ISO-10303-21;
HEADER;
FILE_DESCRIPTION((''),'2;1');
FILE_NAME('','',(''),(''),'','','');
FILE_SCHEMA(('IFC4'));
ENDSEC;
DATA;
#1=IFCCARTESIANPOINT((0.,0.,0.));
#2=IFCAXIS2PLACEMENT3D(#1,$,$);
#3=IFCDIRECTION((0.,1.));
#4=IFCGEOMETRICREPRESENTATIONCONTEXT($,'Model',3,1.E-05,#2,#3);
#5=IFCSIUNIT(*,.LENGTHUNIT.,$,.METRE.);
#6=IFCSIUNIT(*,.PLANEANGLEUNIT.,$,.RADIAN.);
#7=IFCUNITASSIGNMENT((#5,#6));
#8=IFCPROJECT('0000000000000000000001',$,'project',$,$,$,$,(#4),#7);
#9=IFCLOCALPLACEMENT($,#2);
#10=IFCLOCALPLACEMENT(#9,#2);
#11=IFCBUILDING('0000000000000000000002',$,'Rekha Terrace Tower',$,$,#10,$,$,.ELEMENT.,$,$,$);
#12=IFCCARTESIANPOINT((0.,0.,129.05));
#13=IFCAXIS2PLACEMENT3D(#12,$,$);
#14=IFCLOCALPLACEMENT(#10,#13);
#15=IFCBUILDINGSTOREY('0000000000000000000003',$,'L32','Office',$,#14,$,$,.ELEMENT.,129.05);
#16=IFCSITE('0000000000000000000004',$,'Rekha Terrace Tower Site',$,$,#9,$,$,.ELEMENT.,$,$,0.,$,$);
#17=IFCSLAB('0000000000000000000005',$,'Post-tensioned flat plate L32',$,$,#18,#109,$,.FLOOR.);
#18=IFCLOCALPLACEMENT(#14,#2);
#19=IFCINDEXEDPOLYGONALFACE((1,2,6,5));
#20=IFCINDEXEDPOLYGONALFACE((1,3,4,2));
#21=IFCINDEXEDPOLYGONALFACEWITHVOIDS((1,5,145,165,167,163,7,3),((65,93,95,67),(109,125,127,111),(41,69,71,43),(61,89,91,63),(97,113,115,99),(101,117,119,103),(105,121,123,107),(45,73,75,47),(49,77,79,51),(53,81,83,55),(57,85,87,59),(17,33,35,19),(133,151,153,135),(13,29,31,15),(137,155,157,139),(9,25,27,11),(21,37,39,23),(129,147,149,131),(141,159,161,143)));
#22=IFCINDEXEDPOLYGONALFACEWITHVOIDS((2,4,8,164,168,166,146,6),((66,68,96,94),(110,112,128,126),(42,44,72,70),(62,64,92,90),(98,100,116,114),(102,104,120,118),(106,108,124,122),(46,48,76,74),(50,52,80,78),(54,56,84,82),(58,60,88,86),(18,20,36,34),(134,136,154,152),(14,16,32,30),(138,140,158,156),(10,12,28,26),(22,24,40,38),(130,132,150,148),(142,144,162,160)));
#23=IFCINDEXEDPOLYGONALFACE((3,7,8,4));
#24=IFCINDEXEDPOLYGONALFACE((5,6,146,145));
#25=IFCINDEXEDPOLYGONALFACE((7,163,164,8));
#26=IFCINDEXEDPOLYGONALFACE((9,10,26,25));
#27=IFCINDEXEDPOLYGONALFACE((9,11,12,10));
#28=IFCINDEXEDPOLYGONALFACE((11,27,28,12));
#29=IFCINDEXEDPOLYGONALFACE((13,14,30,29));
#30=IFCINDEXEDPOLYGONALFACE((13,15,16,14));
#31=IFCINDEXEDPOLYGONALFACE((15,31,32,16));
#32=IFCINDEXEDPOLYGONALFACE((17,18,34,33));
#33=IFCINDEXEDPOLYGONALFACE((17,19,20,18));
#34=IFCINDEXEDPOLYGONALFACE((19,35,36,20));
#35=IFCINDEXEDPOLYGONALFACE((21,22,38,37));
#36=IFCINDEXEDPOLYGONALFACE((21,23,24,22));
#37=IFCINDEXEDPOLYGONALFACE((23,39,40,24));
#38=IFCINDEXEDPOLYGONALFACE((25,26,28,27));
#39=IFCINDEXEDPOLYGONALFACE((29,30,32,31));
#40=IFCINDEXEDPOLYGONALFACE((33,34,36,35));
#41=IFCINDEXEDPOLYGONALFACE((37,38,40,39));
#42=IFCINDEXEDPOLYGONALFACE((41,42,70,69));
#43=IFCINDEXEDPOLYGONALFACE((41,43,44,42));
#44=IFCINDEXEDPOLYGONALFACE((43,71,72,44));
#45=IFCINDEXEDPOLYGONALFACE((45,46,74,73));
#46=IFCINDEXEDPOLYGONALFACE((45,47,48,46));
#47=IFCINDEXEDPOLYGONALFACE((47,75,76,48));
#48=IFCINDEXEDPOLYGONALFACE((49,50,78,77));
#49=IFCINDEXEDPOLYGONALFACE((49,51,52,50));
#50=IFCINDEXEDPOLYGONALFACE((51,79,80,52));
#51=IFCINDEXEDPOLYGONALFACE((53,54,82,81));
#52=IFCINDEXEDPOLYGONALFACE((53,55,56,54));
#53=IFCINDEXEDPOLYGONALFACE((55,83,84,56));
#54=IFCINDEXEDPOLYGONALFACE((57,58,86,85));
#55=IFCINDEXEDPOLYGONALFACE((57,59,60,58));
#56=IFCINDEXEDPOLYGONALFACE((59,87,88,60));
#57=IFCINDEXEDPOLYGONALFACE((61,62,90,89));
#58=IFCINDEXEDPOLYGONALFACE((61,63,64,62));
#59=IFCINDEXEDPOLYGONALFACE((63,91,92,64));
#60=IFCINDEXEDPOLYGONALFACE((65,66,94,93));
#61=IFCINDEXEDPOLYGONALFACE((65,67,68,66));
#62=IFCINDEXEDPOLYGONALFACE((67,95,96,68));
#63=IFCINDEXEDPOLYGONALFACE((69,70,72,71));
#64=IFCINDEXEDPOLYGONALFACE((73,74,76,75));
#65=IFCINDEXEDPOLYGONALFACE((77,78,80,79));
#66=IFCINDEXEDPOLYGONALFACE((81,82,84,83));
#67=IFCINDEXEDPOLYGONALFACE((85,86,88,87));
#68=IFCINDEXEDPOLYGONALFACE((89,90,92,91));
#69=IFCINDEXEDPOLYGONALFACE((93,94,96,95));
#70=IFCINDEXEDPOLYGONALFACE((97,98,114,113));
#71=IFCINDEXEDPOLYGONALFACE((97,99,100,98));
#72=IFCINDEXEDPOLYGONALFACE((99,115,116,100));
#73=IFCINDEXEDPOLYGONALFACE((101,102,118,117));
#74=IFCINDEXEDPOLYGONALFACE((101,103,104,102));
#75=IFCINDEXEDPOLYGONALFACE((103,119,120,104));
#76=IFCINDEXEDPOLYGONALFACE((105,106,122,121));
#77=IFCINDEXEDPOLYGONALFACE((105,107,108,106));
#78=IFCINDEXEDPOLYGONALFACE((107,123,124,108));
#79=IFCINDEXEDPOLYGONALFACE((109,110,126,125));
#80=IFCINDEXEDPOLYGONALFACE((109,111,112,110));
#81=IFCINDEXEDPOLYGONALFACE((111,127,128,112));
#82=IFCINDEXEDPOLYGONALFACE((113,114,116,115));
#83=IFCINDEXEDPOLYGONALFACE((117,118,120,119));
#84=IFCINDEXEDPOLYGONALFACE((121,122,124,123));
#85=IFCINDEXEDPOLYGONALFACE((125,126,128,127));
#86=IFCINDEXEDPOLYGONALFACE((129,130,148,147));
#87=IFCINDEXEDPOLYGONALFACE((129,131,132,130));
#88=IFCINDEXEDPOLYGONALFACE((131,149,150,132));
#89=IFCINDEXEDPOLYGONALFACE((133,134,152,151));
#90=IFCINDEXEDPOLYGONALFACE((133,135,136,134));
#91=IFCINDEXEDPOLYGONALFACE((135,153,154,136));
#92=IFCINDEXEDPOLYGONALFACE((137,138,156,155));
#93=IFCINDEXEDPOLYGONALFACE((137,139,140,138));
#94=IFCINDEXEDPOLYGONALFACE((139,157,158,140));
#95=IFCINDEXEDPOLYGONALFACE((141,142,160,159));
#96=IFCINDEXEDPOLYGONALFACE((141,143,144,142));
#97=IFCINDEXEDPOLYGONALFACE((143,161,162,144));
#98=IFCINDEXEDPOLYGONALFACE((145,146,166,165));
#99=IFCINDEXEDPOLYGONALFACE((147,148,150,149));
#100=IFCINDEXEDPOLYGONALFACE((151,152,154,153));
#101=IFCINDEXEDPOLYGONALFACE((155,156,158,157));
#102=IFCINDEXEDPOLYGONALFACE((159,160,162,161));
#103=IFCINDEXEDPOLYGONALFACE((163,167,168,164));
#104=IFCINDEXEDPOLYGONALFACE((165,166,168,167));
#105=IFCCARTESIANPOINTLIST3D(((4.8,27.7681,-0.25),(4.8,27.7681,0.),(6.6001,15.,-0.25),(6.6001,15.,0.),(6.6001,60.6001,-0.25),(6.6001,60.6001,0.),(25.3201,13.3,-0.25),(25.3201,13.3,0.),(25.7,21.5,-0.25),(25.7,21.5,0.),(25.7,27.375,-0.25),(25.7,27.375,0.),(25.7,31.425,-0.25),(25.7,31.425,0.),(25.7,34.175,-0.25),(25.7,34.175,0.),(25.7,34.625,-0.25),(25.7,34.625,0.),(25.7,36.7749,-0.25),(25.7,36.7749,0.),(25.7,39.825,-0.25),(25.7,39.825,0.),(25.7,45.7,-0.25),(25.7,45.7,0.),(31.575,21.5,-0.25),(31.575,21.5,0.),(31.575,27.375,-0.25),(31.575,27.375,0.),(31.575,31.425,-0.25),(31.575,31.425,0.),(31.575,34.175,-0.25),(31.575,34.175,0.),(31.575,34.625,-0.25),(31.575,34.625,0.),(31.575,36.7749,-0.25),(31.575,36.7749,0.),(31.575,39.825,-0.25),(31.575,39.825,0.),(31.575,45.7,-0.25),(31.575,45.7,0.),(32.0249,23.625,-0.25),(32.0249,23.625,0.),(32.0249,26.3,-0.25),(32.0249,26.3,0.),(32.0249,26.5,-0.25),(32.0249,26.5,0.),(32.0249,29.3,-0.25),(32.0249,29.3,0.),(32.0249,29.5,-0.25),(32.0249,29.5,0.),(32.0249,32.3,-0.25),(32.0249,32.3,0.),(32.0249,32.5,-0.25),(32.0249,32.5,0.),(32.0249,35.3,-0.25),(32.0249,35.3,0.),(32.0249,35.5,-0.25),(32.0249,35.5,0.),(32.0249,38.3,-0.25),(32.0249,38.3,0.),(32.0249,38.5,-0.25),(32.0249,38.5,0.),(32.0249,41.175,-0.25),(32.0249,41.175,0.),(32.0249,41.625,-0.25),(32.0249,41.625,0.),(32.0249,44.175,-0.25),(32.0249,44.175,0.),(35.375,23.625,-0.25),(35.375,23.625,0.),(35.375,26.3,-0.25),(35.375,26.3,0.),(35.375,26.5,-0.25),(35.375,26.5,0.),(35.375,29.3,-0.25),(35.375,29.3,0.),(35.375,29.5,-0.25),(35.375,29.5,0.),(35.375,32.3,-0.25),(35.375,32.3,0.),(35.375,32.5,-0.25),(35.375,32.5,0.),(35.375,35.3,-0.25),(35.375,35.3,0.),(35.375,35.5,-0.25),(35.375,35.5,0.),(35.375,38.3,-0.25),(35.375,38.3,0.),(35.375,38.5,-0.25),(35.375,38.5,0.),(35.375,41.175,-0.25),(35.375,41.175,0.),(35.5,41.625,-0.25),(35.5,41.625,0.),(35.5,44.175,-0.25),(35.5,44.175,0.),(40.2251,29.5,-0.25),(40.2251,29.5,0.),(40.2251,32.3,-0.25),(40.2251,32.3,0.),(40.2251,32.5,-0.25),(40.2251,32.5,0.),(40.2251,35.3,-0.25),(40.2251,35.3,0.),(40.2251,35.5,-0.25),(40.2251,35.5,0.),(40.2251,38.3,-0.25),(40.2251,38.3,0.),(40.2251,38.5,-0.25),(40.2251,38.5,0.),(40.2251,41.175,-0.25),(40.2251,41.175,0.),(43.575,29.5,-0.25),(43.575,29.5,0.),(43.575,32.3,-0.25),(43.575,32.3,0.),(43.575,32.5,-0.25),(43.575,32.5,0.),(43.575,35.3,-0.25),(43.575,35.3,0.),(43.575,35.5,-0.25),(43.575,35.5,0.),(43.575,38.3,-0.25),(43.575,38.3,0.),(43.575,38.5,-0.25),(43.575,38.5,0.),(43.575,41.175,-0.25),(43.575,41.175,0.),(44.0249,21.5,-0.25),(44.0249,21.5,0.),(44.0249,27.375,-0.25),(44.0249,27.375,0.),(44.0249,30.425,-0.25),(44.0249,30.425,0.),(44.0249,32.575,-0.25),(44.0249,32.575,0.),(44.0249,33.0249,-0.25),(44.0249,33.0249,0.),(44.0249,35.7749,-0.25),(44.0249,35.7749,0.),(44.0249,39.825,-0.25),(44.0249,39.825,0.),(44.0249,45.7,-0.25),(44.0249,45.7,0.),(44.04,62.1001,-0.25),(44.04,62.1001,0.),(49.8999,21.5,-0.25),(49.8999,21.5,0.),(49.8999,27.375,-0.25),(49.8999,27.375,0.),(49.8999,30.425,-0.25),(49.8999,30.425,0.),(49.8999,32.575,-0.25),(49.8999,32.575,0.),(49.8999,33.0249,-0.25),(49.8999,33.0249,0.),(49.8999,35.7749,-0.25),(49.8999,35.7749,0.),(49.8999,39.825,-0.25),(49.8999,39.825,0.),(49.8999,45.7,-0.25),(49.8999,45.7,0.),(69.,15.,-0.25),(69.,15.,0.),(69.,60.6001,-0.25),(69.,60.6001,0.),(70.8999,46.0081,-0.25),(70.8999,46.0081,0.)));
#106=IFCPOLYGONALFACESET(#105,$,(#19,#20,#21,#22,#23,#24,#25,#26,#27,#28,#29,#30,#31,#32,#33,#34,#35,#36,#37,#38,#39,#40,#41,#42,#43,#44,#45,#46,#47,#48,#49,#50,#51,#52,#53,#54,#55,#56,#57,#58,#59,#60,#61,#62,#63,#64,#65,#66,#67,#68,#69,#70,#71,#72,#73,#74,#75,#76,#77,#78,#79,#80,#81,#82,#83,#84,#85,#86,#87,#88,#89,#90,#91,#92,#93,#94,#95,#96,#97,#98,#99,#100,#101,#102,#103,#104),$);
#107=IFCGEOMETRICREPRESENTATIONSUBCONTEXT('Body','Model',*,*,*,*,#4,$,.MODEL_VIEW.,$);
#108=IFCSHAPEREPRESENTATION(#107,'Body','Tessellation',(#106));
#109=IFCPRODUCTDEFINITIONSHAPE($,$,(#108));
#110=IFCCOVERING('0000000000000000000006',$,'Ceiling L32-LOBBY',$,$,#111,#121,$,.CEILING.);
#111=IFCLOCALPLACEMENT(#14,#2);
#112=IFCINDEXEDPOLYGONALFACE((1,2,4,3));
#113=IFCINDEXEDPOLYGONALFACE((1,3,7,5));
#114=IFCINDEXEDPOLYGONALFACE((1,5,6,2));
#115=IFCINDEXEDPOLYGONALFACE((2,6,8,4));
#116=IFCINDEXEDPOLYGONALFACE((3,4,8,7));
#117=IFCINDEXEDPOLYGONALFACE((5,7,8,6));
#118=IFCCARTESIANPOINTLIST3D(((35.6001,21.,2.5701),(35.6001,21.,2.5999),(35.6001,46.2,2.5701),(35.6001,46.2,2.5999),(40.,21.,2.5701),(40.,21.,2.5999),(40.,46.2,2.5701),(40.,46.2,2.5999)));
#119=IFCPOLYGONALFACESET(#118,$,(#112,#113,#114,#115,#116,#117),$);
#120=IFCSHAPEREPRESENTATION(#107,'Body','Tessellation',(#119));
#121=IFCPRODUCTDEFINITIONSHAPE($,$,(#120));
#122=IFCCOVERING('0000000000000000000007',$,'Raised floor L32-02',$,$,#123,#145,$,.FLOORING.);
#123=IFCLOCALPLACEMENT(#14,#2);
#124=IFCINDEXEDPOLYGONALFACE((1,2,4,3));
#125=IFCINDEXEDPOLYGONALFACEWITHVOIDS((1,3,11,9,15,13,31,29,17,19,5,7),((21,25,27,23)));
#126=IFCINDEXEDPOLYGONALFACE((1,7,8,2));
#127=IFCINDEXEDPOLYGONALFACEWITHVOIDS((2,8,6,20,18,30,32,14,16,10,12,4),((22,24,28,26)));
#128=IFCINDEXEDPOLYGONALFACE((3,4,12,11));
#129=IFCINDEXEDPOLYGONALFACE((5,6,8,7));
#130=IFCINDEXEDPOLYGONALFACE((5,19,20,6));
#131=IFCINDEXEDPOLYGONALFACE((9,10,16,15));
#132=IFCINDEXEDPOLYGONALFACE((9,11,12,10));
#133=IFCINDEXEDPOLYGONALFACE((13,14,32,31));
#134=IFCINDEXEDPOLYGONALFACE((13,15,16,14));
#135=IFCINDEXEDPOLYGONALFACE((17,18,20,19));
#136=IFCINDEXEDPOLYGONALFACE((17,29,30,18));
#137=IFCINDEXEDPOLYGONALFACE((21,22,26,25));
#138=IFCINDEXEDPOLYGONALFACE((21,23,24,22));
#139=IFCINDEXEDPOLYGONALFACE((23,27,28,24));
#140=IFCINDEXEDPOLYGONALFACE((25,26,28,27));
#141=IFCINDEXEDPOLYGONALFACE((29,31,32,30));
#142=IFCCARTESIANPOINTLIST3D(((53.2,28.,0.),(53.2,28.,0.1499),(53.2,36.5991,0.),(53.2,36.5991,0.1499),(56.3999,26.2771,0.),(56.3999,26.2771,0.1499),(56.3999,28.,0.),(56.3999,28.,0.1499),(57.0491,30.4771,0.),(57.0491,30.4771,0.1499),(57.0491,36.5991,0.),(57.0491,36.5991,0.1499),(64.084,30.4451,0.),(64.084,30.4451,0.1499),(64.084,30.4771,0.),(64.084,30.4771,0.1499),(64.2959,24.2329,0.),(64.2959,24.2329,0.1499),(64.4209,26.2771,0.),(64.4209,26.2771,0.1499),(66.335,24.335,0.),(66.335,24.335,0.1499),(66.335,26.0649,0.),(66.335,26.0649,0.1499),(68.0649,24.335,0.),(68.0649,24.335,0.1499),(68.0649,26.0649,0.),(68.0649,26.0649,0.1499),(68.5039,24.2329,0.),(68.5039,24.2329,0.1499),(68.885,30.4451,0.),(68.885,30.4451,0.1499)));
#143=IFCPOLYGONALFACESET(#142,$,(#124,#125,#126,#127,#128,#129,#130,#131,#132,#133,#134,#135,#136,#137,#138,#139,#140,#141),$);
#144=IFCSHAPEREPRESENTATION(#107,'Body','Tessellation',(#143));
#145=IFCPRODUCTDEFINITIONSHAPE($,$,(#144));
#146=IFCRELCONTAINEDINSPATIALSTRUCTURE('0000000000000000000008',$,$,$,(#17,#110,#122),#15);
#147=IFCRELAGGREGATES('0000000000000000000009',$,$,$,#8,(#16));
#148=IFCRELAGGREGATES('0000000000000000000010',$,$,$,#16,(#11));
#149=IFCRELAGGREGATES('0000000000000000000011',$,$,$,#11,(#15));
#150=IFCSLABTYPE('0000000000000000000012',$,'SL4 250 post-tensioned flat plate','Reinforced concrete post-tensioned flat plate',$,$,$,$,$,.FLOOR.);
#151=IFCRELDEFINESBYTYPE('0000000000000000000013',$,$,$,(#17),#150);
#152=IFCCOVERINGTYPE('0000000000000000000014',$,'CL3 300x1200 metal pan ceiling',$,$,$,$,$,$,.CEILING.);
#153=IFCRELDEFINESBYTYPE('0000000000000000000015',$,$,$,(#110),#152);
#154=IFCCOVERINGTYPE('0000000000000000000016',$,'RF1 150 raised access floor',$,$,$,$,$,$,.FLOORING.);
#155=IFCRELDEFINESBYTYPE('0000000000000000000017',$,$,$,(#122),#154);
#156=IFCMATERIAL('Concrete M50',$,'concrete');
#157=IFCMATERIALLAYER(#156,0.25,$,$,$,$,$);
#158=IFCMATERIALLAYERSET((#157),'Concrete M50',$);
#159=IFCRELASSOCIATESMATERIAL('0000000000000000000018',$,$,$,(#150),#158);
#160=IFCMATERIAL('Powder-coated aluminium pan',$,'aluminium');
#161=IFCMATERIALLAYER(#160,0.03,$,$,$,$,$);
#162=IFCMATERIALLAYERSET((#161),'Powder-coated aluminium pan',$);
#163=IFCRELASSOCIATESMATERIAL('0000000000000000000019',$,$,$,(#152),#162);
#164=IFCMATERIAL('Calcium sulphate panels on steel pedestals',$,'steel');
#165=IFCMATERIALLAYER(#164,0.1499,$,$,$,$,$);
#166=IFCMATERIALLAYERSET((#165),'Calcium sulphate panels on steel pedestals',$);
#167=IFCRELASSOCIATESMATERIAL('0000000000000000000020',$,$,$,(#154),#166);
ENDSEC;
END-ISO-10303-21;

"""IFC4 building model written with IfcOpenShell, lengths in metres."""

from ifc_helpers import new_model, si_unit, direction, frame, origin, place, context, subcontext, project, spatial, polyline, outline, extrude, material, layer, layer_set, type_object, element, save


model = new_model("IFC4")

# Units and contexts
model_context = context("Model", 3, precision=1e-05, world=origin(), true_north=direction((0.0, 1.0)))
body_context = subcontext(model_context, "Body", "Model", "MODEL_VIEW")
ifc_project = project(units=[si_unit("LENGTHUNIT", "METRE"), si_unit("PLANEANGLEUNIT", "RADIAN")], contexts=[model_context])

# Site, building, storey
site_placement = place(None, origin())
site = spatial("IfcSite", under=ifc_project, at=site_placement, Name="Rekha Terrace Tower Site", CompositionType="ELEMENT", RefElevation=0.0)
building_placement = place(site_placement, origin())
building = spatial("IfcBuilding", under=site, at=building_placement, Name="Rekha Terrace Tower", CompositionType="ELEMENT")
storey_placement = place(building_placement, frame((0.0, 0.0, 129.05)))
storey = spatial("IfcBuildingStorey", under=building, at=storey_placement, Name="L32", Description="Office", CompositionType="ELEMENT", Elevation=129.05)

# Slab
ifc_material_1 = material(Name="Concrete M50", Category="concrete")
ifc_layer_1 = layer(ifc_material_1, 0.25)
ifc_layer_set_1 = layer_set([ifc_layer_1], Name="Concrete M50")
slab_type_1 = type_object("IfcSlabType", Name="SL4 250 post-tensioned flat plate", Description="Reinforced concrete post-tensioned flat plate", PredefinedType="FLOOR", material=ifc_layer_set_1)
slab_1_placement = place(storey_placement, frame((0.0, 0.0, -0.25)))
element("IfcSlab", 1, at=slab_1_placement, inside=storey, type_object=slab_type_1, Name="Post-tensioned flat plate L32", PredefinedType="FLOOR", context=body_context, shape_type="SweptSolid", body=[
    extrude(outline(polyline([(4.8, 27.7681), (6.6001, 15.0), (25.3201, 13.3), (69.0, 15.0), (70.8999, 46.0081), (69.0, 60.6001), (44.04, 62.1001), (6.6001, 60.6001), (4.8, 27.7681)]), holes=[polyline([(31.575, 27.375), (31.575, 21.5), (25.7, 21.5), (25.7, 27.375), (31.575, 27.375)]), polyline([(35.375, 26.3), (35.375, 23.625), (32.0249, 23.625), (32.0249, 26.3), (35.375, 26.3)]), polyline([(35.375, 29.3), (35.375, 26.5), (32.0249, 26.5), (32.0249, 29.3), (35.375, 29.3)]), polyline([(35.375, 32.3), (35.375, 29.5), (32.0249, 29.5), (32.0249, 32.3), (35.375, 32.3)]), polyline([(31.575, 34.175), (31.575, 31.425), (25.7, 31.425), (25.7, 34.175), (31.575, 34.175)]), polyline([(35.375, 35.3), (35.375, 32.5), (32.0249, 32.5), (32.0249, 35.3), (35.375, 35.3)]), polyline([(31.575, 36.7749), (31.575, 34.625), (25.7, 34.625), (25.7, 36.7749), (31.575, 36.7749)]), polyline([(35.375, 35.5), (32.0249, 35.5), (32.0249, 38.3), (35.375, 38.3), (35.375, 35.5)]), polyline([(35.375, 38.5), (32.0249, 38.5), (32.0249, 41.175), (35.375, 41.175), (35.375, 38.5)]), polyline([(31.575, 45.7), (31.575, 39.825), (25.7, 39.825), (25.7, 45.7), (31.575, 45.7)]), polyline([(49.8999, 27.375), (49.8999, 21.5), (44.0249, 21.5), (44.0249, 27.375), (49.8999, 27.375)]), polyline([(43.575, 32.3), (43.575, 29.5), (40.2251, 29.5), (40.2251, 32.3), (43.575, 32.3)]), polyline([(49.8999, 30.425), (44.0249, 30.425), (44.0249, 32.575), (49.8999, 32.575), (49.8999, 30.425)]), polyline([(43.575, 32.5), (40.2251, 32.5), (40.2251, 35.3), (43.575, 35.3), (43.575, 32.5)]), polyline([(49.8999, 35.7749), (49.8999, 33.0249), (44.0249, 33.0249), (44.0249, 35.7749), (49.8999, 35.7749)]), polyline([(43.575, 38.3), (43.575, 35.5), (40.2251, 35.5), (40.2251, 38.3), (43.575, 38.3)]), polyline([(43.575, 41.175), (43.575, 38.5), (40.2251, 38.5), (40.2251, 41.175), (43.575, 41.175)]), polyline([(49.8999, 39.825), (44.0249, 39.825), (44.0249, 45.7), (49.8999, 45.7), (49.8999, 39.825)]), polyline([(35.5, 41.625), (32.0249, 41.625), (32.0249, 44.175), (35.5, 44.175), (35.5, 41.625)])]), origin(), (0.0, 0.0, 1.0), 0.25),
])

# Coverings
ifc_material_2 = material(Name="Powder-coated aluminium pan", Category="aluminium")
ifc_layer_2 = layer(ifc_material_2, 0.03)
ifc_layer_set_2 = layer_set([ifc_layer_2], Name="Powder-coated aluminium pan")
covering_type_1 = type_object("IfcCoveringType", Name="CL3 300x1200 metal pan ceiling", PredefinedType="CEILING", material=ifc_layer_set_2)
covering_1_placement = place(storey_placement, frame((0.0, 0.0, 2.5701)))
element("IfcCovering", 2, at=covering_1_placement, inside=storey, type_object=covering_type_1, Name="Ceiling L32-LOBBY", PredefinedType="CEILING", context=body_context, shape_type="SweptSolid", body=[
    extrude(outline(polyline([(40.0, 46.2), (35.6001, 46.2), (35.6001, 21.0), (40.0, 21.0), (40.0, 46.2)])), origin(), (0.0, 0.0, 1.0), 0.0298),
])
ifc_material_3 = material(Name="Calcium sulphate panels on steel pedestals", Category="steel")
ifc_layer_3 = layer(ifc_material_3, 0.1499)
ifc_layer_set_3 = layer_set([ifc_layer_3], Name="Calcium sulphate panels on steel pedestals")
covering_type_2 = type_object("IfcCoveringType", Name="RF1 150 raised access floor", PredefinedType="FLOORING", material=ifc_layer_set_3)
covering_2_placement = place(storey_placement, origin())
element("IfcCovering", 3, at=covering_2_placement, inside=storey, type_object=covering_type_2, Name="Raised floor L32-02", PredefinedType="FLOORING", context=body_context, shape_type="SweptSolid", body=[
    extrude(outline(polyline([(64.084, 30.4771), (57.0491, 30.4771), (57.0491, 36.5991), (53.2, 36.5991), (53.2, 28.0), (56.3999, 28.0), (56.3999, 26.2771), (64.4209, 26.2771), (64.2959, 24.2329), (68.5039, 24.2329), (68.885, 30.4451), (64.084, 30.4451), (64.084, 30.4771)]), holes=[polyline([(68.0649, 24.335), (66.335, 24.335), (66.335, 26.0649), (68.0649, 26.0649), (68.0649, 24.335)])]), origin(), (0.0, 0.0, 1.0), 0.1499),
])

save(model, "model.ifc")
